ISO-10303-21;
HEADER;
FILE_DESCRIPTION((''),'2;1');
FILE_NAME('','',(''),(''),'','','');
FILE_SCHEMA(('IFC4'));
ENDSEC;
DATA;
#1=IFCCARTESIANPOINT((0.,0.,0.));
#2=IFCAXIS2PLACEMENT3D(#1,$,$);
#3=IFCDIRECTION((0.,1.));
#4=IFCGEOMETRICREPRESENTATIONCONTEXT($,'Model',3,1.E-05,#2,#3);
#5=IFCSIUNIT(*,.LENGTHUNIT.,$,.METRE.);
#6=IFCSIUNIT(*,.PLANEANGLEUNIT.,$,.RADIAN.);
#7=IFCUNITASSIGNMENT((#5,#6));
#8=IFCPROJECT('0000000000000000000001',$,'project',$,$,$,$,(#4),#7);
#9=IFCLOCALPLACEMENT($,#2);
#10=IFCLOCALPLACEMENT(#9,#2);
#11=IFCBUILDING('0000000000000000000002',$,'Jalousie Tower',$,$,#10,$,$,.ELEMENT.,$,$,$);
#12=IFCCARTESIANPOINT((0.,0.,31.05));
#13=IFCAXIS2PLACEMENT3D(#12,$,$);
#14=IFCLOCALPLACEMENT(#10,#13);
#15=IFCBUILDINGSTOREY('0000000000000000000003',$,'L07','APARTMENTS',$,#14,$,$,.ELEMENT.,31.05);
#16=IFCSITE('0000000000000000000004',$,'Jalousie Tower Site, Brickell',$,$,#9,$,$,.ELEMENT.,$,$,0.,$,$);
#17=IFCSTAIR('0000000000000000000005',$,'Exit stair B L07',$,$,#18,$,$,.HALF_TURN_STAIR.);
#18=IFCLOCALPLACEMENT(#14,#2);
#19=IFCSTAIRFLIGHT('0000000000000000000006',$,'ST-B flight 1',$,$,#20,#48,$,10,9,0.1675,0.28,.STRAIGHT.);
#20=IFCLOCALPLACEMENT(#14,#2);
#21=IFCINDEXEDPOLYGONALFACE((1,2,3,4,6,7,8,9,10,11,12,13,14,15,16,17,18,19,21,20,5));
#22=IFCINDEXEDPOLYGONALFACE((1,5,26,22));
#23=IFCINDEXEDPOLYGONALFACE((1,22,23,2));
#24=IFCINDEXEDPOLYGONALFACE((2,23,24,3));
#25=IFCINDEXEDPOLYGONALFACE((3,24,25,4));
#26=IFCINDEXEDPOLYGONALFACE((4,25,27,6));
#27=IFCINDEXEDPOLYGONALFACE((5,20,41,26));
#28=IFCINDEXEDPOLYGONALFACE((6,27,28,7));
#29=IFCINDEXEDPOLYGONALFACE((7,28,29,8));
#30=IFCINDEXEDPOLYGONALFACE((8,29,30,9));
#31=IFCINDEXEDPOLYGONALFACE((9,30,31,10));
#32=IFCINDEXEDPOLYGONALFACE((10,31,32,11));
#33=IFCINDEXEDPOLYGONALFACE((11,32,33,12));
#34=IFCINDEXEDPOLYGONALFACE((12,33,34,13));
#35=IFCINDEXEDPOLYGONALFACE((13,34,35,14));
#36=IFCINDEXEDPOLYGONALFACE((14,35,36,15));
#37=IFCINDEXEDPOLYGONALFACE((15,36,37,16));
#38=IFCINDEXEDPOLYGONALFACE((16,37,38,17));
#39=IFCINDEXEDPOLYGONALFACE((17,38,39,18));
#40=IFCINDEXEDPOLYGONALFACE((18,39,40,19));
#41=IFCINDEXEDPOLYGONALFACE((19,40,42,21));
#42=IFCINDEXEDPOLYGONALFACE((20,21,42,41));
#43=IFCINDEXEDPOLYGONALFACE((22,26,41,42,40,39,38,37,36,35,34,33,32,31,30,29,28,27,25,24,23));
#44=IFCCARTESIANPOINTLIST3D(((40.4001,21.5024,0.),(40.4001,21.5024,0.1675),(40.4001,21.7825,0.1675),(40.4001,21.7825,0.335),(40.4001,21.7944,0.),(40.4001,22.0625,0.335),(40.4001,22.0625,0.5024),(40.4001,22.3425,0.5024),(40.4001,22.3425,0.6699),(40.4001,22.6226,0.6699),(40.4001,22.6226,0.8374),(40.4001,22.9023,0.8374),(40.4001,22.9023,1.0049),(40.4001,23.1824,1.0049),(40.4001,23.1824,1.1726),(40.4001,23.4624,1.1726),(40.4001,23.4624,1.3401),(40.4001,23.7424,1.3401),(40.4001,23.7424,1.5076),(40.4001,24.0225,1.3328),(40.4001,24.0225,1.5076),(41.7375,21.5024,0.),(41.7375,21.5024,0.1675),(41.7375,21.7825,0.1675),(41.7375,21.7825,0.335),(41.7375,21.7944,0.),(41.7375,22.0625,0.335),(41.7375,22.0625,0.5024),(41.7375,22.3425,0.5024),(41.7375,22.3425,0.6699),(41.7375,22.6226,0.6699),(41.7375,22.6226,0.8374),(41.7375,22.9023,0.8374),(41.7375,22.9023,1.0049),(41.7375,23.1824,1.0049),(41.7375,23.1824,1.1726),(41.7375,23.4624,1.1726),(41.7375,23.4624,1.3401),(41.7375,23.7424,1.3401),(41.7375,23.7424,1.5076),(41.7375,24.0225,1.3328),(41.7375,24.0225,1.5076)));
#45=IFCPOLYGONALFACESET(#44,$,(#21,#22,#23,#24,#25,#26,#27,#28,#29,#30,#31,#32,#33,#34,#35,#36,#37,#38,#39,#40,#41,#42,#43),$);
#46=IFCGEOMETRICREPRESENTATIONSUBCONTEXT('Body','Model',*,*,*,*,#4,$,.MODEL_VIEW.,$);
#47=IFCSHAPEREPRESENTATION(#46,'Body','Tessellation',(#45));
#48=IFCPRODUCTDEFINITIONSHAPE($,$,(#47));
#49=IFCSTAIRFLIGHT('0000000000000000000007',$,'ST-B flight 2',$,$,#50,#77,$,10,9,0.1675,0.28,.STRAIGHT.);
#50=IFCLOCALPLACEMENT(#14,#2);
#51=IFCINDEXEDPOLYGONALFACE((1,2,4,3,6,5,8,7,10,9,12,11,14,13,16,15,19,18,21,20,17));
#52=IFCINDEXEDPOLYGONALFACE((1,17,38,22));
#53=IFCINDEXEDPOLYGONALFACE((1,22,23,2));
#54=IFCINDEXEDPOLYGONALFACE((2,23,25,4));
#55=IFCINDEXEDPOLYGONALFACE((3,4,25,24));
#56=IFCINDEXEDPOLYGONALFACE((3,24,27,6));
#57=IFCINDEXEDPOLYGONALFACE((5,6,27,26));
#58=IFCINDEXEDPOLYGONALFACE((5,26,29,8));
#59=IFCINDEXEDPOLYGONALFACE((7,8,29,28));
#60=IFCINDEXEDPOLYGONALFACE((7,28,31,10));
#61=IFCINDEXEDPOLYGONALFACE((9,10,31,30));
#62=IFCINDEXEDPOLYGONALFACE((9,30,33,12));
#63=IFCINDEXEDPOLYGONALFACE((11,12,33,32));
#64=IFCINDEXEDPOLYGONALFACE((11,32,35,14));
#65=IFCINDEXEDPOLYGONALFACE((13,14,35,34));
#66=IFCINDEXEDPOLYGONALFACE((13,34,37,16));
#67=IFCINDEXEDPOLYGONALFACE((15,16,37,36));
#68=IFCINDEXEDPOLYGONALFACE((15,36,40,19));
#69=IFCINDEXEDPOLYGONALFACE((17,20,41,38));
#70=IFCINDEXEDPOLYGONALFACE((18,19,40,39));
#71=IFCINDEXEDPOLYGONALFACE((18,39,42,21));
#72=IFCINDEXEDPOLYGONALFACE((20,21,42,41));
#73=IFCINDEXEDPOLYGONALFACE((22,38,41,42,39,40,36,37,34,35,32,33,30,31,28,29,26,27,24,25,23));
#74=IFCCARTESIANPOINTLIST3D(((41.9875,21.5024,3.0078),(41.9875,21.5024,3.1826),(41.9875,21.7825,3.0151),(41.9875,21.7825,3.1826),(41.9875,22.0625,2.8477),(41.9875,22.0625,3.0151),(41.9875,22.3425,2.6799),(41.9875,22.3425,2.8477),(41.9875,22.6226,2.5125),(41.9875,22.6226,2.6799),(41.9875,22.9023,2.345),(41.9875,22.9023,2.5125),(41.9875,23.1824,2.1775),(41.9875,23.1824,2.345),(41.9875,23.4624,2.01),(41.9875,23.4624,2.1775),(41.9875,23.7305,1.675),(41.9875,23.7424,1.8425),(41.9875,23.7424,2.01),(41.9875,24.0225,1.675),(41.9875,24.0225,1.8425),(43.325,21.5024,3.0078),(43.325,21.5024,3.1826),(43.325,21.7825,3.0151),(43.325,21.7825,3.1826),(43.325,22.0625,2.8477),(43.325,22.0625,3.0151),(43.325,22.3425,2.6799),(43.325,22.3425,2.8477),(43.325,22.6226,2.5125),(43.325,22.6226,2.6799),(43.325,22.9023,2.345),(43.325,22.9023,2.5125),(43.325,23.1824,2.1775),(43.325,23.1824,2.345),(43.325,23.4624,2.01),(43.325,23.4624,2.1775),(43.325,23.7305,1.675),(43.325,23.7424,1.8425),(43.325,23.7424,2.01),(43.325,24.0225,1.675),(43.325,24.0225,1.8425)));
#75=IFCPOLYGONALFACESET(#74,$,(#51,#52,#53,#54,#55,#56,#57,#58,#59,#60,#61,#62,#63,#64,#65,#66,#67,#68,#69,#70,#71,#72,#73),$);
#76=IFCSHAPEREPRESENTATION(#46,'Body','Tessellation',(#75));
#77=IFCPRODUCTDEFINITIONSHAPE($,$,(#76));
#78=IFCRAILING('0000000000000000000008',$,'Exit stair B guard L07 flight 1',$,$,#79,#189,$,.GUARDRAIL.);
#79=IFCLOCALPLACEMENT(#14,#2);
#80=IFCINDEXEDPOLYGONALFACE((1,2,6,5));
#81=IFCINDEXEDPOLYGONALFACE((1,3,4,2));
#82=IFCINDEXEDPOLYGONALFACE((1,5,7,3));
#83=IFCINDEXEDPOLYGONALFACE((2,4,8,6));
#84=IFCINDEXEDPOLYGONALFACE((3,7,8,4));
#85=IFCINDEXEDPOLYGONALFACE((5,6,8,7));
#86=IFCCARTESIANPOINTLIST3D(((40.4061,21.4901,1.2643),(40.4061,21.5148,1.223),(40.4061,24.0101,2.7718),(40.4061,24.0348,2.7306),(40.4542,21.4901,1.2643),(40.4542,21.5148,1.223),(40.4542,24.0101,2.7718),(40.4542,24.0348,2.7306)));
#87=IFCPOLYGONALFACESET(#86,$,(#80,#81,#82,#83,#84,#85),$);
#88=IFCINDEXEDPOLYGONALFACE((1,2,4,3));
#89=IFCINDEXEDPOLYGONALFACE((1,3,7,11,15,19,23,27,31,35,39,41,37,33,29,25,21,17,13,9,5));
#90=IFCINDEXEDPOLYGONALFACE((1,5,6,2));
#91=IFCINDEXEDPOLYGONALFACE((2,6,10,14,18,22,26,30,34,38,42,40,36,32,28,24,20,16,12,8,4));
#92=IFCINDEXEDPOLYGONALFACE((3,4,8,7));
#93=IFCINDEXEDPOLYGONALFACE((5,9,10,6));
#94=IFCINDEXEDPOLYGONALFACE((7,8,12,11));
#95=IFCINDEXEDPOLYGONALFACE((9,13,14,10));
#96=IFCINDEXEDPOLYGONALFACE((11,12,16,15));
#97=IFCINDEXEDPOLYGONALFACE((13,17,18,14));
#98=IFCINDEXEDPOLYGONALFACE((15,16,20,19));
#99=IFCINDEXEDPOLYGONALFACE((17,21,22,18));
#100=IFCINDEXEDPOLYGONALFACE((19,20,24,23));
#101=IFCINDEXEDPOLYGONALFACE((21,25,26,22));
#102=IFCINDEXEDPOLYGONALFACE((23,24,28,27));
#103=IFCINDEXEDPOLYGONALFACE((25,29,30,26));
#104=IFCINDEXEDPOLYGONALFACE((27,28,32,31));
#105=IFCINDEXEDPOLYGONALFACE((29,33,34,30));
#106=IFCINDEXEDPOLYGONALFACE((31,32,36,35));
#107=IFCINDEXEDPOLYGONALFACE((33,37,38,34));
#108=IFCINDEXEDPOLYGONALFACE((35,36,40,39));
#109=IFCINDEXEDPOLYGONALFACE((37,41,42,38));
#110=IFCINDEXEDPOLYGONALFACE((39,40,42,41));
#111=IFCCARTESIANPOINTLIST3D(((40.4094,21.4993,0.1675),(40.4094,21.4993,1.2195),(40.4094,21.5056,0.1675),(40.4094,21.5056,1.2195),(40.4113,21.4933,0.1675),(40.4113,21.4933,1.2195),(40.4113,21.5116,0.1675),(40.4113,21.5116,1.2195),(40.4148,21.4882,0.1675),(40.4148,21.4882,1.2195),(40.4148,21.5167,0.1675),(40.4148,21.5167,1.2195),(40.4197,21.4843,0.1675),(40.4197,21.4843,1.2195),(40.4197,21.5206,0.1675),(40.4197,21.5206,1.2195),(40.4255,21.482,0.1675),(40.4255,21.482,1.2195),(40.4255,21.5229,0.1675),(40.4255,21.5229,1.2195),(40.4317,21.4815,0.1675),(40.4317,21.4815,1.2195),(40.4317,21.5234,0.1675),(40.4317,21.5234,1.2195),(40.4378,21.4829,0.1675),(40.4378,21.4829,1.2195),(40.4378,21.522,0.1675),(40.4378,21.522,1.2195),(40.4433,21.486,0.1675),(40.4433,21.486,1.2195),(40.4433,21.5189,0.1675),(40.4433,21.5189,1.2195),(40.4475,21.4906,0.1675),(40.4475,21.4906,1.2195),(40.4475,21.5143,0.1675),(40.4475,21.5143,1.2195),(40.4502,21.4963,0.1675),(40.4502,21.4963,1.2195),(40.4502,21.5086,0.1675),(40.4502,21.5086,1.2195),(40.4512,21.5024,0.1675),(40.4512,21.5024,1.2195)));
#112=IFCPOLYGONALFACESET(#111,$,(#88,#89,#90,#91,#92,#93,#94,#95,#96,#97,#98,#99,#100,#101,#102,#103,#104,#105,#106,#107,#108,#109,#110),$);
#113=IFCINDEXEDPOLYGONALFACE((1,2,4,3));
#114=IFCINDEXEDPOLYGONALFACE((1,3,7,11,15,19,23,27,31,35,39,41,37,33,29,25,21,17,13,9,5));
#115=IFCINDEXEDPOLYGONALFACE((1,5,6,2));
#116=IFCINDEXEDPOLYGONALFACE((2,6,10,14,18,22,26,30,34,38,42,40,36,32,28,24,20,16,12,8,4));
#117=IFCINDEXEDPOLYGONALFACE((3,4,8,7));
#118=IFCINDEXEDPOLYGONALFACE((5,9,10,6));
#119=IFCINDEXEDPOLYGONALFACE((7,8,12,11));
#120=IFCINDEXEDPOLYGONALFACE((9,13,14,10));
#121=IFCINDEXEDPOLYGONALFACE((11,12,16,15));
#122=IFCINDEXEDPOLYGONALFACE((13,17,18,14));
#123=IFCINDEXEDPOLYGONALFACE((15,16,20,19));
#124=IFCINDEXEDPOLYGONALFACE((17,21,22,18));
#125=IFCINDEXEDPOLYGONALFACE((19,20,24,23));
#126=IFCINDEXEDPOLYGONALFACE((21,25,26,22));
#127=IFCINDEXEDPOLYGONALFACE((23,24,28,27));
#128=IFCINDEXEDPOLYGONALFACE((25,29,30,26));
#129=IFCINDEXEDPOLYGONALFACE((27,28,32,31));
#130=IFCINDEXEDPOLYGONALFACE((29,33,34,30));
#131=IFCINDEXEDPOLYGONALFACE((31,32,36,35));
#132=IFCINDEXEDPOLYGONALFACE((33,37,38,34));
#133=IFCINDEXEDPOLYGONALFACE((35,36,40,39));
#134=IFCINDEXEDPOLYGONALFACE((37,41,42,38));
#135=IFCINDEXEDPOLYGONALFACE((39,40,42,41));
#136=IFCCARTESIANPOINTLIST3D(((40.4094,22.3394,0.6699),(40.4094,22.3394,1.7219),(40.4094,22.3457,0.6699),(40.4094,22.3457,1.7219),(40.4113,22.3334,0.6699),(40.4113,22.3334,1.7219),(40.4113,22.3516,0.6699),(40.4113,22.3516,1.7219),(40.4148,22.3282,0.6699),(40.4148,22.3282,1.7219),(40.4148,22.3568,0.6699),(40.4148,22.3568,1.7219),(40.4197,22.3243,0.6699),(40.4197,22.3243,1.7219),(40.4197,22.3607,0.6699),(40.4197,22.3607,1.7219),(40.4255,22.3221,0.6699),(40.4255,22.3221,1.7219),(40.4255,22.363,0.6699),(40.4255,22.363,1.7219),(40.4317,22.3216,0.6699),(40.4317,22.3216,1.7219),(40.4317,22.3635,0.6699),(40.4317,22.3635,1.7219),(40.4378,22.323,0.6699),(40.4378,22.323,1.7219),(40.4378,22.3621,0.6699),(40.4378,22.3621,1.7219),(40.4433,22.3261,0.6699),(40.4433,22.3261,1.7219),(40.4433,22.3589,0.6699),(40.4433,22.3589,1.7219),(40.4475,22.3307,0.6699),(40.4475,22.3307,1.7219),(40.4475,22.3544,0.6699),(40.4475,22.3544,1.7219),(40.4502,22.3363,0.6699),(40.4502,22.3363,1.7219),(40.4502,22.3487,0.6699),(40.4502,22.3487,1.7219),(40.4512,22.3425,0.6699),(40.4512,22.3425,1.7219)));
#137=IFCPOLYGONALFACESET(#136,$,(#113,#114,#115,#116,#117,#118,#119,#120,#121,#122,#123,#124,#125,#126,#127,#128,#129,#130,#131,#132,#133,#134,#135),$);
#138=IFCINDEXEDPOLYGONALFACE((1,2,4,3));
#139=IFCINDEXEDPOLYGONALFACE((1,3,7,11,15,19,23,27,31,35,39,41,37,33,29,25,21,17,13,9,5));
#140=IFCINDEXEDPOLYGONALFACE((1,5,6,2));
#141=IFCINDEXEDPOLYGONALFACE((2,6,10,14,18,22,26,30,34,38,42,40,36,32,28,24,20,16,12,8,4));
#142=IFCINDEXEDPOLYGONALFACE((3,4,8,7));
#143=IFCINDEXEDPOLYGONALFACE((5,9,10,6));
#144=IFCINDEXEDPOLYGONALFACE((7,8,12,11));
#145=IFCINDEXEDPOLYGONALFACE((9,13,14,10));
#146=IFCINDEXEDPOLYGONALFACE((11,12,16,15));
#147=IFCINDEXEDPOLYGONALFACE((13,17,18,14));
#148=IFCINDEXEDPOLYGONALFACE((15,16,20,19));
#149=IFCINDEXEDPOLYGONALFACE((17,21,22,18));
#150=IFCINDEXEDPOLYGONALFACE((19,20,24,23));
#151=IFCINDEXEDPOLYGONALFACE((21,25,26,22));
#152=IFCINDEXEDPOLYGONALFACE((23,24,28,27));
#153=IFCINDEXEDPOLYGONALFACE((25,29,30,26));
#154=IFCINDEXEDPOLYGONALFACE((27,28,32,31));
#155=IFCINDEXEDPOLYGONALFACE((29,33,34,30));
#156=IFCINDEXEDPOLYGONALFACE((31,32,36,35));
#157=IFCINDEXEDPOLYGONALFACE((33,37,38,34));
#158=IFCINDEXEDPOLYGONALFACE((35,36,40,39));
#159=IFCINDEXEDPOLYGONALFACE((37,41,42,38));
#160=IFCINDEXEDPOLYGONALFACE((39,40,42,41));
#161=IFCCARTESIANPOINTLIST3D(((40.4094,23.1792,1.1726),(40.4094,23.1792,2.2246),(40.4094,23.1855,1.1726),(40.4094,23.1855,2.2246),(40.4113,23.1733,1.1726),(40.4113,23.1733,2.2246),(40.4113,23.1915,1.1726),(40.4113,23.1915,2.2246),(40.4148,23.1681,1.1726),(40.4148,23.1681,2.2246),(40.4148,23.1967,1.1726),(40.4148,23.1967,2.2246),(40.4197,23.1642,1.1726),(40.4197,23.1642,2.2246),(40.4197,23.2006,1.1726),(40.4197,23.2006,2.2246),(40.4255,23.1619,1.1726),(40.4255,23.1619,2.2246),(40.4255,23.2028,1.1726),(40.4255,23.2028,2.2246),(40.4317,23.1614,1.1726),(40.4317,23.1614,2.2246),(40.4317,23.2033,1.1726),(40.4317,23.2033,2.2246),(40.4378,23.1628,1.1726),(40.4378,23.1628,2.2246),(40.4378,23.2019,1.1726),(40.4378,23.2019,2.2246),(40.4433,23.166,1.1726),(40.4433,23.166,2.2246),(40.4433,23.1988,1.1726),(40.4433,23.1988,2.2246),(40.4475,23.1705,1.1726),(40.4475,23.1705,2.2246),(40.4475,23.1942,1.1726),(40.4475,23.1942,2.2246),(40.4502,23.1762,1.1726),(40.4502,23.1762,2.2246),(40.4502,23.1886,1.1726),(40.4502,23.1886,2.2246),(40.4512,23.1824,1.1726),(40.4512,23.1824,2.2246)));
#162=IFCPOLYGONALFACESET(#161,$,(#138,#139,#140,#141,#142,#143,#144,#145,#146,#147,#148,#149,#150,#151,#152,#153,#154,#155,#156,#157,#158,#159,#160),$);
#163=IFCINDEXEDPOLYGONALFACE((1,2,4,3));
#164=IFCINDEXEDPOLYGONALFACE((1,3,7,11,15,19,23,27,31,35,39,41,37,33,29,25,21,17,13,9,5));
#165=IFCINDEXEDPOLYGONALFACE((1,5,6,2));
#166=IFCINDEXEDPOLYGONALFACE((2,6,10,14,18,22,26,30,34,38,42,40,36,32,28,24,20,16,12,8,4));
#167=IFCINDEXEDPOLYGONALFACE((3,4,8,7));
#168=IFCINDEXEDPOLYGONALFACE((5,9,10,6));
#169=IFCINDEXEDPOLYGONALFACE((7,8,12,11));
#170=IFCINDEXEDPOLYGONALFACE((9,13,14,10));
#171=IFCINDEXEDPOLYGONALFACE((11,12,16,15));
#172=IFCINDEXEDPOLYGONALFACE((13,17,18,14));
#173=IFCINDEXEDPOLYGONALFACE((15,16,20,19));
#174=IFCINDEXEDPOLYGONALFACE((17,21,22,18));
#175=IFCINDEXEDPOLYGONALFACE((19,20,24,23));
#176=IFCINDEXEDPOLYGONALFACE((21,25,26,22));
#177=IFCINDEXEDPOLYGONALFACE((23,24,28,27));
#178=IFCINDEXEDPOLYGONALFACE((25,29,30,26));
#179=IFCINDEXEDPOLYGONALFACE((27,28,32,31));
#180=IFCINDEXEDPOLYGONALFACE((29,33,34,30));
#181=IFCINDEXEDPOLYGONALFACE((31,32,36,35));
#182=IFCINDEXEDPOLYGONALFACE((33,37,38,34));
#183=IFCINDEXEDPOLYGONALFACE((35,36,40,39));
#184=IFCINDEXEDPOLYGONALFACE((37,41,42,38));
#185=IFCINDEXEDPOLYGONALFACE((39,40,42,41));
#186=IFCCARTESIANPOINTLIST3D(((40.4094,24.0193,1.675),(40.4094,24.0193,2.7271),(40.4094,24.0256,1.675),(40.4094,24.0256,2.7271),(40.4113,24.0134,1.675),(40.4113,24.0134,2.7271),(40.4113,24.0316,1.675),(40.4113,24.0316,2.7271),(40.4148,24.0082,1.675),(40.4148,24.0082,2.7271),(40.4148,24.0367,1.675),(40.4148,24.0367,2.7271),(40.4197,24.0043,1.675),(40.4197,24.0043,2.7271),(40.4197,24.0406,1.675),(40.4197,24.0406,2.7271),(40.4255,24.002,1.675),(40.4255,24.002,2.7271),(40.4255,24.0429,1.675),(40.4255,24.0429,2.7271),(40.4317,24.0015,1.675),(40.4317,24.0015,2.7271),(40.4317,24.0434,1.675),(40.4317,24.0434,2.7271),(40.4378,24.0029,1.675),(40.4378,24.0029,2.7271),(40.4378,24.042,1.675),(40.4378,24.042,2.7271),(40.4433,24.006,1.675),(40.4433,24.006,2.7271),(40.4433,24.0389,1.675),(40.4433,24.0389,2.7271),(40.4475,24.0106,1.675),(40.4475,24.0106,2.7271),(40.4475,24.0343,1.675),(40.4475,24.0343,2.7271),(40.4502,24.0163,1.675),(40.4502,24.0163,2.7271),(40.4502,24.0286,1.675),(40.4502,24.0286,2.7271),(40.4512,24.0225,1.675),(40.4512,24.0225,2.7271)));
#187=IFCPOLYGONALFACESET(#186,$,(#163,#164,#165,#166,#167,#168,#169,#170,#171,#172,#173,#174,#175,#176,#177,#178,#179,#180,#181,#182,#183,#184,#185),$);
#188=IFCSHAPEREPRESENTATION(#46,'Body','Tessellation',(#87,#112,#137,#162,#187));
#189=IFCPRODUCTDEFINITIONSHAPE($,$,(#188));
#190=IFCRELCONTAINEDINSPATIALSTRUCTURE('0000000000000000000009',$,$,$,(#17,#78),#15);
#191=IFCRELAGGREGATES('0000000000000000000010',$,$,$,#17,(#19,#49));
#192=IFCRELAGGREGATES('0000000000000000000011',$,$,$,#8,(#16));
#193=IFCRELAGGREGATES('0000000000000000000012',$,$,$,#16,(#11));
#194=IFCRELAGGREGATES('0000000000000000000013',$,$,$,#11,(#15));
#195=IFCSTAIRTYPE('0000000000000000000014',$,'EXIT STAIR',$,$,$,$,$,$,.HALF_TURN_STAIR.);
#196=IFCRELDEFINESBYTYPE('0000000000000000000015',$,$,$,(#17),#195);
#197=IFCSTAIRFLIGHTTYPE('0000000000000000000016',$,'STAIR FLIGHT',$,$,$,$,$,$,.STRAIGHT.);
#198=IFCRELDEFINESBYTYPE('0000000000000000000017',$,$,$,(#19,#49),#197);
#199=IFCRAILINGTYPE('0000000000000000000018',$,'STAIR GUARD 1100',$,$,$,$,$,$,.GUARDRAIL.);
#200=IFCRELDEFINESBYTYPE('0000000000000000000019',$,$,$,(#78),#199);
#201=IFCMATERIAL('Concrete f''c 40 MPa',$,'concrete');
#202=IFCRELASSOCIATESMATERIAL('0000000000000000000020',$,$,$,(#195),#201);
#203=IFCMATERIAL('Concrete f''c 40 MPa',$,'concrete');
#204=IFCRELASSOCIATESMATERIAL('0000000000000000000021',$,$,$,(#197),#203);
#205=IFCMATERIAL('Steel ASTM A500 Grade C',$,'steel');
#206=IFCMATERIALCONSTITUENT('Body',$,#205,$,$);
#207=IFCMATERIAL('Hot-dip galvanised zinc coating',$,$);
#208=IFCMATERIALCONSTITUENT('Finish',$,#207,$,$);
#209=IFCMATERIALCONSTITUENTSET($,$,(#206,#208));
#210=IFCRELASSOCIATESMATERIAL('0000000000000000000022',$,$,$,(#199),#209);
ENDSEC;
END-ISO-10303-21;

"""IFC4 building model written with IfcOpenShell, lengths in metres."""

from ifc_helpers import new_model, si_unit, direction, frame, origin, origin_2d, place, context, subcontext, project, spatial, polyline, rectangle, circle, outline, extrude, material, constituent, constituent_set, type_object, element, aggregate, save


model = new_model("IFC4")

# Units and contexts
model_context = context("Model", 3, precision=1e-05, world=origin(), true_north=direction((0.0, 1.0)))
body_context = subcontext(model_context, "Body", "Model", "MODEL_VIEW")
ifc_project = project(units=[si_unit("LENGTHUNIT", "METRE"), si_unit("PLANEANGLEUNIT", "RADIAN")], contexts=[model_context])

# Site, building, storey
site_placement = place(None, origin())
site = spatial("IfcSite", under=ifc_project, at=site_placement, Name="Jalousie Tower Site, Brickell", CompositionType="ELEMENT", RefElevation=0.0)
building_placement = place(site_placement, origin())
building = spatial("IfcBuilding", under=site, at=building_placement, Name="Jalousie Tower", CompositionType="ELEMENT")
storey_placement = place(building_placement, frame((0.0, 0.0, 31.05)))
storey = spatial("IfcBuildingStorey", under=building, at=storey_placement, Name="L07", Description="APARTMENTS", CompositionType="ELEMENT", Elevation=31.05)

# Stair, stair flights
ifc_material_1 = material(Name="Concrete f'c 40 MPa", Category="concrete")
stair_type = type_object("IfcStairType", Name="EXIT STAIR", PredefinedType="HALF_TURN_STAIR", material=ifc_material_1)
stair_placement = place(storey_placement, origin())
stair = element("IfcStair", 1, at=stair_placement, inside=storey, type_object=stair_type, Name="Exit stair B L07", PredefinedType="HALF_TURN_STAIR")
ifc_material_2 = material(Name="Concrete f'c 40 MPa", Category="concrete")
stair_flight_type = type_object("IfcStairFlightType", Name="STAIR FLIGHT", PredefinedType="STRAIGHT", material=ifc_material_2)
stair_flight_1_placement = place(storey_placement, frame((41.0688, 21.5024, 0.0), z_axis=(0.0, 0.0, 1.0), x_axis=(0.0, 1.0, 0.0)))
stair_flight_1 = element("IfcStairFlight", 2, at=stair_flight_1_placement, type_object=stair_flight_type, Name="ST-B flight 1", NumberOfRisers=10, NumberOfTreads=9, PredefinedType="STRAIGHT", RiserHeight=0.1675, TreadLength=0.28, context=body_context, shape_type="SweptSolid", body=[
    extrude(outline(polyline([(0.0, 0.0), (0.0, 0.1675), (0.28, 0.1675), (0.28, 0.335), (0.5601, 0.335), (0.5601, 0.5024), (0.8401, 0.5024), (0.8401, 0.6699), (1.1201, 0.6699), (1.1201, 0.8374), (1.3999, 0.8374), (1.3999, 1.0049), (1.6799, 1.0049), (1.6799, 1.1726), (1.96, 1.1726), (1.96, 1.3401), (2.24, 1.3401), (2.24, 1.5076), (2.52, 1.5076), (2.52, 1.675), (2.52, 1.3328), (0.292, 0.0), (0.0, 0.0)])), frame((0.0, 0.6687, 0.0), z_axis=(0.0, -1.0, 0.0), x_axis=(1.0, 0.0, 0.0)), (0.0, 0.0, 1.0), 1.3374),
])
stair_flight_2_placement = place(storey_placement, frame((42.6562, 24.0225, 1.675), z_axis=(0.0, 0.0, 1.0), x_axis=(0.0, -1.0, 0.0)))
stair_flight_2 = element("IfcStairFlight", 3, at=stair_flight_2_placement, type_object=stair_flight_type, Name="ST-B flight 2", NumberOfRisers=10, NumberOfTreads=9, PredefinedType="STRAIGHT", RiserHeight=0.1675, TreadLength=0.28, context=body_context, shape_type="SweptSolid", body=[
    extrude(outline(polyline([(0.0, 0.0), (0.0, 0.1675), (0.28, 0.1675), (0.28, 0.335), (0.5601, 0.335), (0.5601, 0.5024), (0.8401, 0.5024), (0.8401, 0.6699), (1.1201, 0.6699), (1.1201, 0.8374), (1.3999, 0.8374), (1.3999, 1.0049), (1.6799, 1.0049), (1.6799, 1.1726), (1.96, 1.1726), (1.96, 1.3401), (2.24, 1.3401), (2.24, 1.5076), (2.52, 1.5076), (2.52, 1.675), (2.52, 1.3328), (0.292, 0.0), (0.0, 0.0)])), frame((0.0, 0.6687, 0.0), z_axis=(0.0, -1.0, 0.0), x_axis=(1.0, 0.0, 0.0)), (0.0, 0.0, 1.0), 1.3374),
])
aggregate(stair, [stair_flight_1, stair_flight_2])

# Railing
ifc_material_3 = material(Name="Steel ASTM A500 Grade C", Category="steel")
ifc_constituent_1 = constituent(ifc_material_3, Name="Body")
ifc_material_4 = material(Name="Hot-dip galvanised zinc coating")
ifc_constituent_2 = constituent(ifc_material_4, Name="Finish")
ifc_constituent_set_1 = constituent_set(constituents=[ifc_constituent_1, ifc_constituent_2])
railing_type_1 = type_object("IfcRailingType", Name="STAIR GUARD 1100", PredefinedType="GUARDRAIL", material=ifc_constituent_set_1)
railing_1_placement = place(storey_placement, frame((40.4302, 21.5024, 0.1675)))
element("IfcRailing", 4, at=railing_1_placement, inside=storey, type_object=railing_type_1, Name="Exit stair B guard L07 flight 1", PredefinedType="GUARDRAIL", context=body_context, shape_type="SweptSolid", body=[
    extrude(rectangle(XDim=0.0481, YDim=0.0481, at=origin_2d()), frame((0.0, 0.0, 1.0762), z_axis=(0.0, 0.85816, 0.513383), x_axis=(-1.0, 0.0, 0.0)), (0.0, 0.0, 1.0), 2.9365),
    extrude(circle(Radius=0.021, at=origin_2d()), origin(), (0.0, 0.0, 1.0), 1.052),
    extrude(circle(Radius=0.021, at=origin_2d()), frame((0.0, 0.8401, 0.5024)), (0.0, 0.0, 1.0), 1.052),
    extrude(circle(Radius=0.021, at=origin_2d()), frame((0.0, 1.6799, 1.0051)), (0.0, 0.0, 1.0), 1.052),
    extrude(circle(Radius=0.021, at=origin_2d()), frame((0.0, 2.52, 1.5076)), (0.0, 0.0, 1.0), 1.052),
])

save(model, "model.ifc")
